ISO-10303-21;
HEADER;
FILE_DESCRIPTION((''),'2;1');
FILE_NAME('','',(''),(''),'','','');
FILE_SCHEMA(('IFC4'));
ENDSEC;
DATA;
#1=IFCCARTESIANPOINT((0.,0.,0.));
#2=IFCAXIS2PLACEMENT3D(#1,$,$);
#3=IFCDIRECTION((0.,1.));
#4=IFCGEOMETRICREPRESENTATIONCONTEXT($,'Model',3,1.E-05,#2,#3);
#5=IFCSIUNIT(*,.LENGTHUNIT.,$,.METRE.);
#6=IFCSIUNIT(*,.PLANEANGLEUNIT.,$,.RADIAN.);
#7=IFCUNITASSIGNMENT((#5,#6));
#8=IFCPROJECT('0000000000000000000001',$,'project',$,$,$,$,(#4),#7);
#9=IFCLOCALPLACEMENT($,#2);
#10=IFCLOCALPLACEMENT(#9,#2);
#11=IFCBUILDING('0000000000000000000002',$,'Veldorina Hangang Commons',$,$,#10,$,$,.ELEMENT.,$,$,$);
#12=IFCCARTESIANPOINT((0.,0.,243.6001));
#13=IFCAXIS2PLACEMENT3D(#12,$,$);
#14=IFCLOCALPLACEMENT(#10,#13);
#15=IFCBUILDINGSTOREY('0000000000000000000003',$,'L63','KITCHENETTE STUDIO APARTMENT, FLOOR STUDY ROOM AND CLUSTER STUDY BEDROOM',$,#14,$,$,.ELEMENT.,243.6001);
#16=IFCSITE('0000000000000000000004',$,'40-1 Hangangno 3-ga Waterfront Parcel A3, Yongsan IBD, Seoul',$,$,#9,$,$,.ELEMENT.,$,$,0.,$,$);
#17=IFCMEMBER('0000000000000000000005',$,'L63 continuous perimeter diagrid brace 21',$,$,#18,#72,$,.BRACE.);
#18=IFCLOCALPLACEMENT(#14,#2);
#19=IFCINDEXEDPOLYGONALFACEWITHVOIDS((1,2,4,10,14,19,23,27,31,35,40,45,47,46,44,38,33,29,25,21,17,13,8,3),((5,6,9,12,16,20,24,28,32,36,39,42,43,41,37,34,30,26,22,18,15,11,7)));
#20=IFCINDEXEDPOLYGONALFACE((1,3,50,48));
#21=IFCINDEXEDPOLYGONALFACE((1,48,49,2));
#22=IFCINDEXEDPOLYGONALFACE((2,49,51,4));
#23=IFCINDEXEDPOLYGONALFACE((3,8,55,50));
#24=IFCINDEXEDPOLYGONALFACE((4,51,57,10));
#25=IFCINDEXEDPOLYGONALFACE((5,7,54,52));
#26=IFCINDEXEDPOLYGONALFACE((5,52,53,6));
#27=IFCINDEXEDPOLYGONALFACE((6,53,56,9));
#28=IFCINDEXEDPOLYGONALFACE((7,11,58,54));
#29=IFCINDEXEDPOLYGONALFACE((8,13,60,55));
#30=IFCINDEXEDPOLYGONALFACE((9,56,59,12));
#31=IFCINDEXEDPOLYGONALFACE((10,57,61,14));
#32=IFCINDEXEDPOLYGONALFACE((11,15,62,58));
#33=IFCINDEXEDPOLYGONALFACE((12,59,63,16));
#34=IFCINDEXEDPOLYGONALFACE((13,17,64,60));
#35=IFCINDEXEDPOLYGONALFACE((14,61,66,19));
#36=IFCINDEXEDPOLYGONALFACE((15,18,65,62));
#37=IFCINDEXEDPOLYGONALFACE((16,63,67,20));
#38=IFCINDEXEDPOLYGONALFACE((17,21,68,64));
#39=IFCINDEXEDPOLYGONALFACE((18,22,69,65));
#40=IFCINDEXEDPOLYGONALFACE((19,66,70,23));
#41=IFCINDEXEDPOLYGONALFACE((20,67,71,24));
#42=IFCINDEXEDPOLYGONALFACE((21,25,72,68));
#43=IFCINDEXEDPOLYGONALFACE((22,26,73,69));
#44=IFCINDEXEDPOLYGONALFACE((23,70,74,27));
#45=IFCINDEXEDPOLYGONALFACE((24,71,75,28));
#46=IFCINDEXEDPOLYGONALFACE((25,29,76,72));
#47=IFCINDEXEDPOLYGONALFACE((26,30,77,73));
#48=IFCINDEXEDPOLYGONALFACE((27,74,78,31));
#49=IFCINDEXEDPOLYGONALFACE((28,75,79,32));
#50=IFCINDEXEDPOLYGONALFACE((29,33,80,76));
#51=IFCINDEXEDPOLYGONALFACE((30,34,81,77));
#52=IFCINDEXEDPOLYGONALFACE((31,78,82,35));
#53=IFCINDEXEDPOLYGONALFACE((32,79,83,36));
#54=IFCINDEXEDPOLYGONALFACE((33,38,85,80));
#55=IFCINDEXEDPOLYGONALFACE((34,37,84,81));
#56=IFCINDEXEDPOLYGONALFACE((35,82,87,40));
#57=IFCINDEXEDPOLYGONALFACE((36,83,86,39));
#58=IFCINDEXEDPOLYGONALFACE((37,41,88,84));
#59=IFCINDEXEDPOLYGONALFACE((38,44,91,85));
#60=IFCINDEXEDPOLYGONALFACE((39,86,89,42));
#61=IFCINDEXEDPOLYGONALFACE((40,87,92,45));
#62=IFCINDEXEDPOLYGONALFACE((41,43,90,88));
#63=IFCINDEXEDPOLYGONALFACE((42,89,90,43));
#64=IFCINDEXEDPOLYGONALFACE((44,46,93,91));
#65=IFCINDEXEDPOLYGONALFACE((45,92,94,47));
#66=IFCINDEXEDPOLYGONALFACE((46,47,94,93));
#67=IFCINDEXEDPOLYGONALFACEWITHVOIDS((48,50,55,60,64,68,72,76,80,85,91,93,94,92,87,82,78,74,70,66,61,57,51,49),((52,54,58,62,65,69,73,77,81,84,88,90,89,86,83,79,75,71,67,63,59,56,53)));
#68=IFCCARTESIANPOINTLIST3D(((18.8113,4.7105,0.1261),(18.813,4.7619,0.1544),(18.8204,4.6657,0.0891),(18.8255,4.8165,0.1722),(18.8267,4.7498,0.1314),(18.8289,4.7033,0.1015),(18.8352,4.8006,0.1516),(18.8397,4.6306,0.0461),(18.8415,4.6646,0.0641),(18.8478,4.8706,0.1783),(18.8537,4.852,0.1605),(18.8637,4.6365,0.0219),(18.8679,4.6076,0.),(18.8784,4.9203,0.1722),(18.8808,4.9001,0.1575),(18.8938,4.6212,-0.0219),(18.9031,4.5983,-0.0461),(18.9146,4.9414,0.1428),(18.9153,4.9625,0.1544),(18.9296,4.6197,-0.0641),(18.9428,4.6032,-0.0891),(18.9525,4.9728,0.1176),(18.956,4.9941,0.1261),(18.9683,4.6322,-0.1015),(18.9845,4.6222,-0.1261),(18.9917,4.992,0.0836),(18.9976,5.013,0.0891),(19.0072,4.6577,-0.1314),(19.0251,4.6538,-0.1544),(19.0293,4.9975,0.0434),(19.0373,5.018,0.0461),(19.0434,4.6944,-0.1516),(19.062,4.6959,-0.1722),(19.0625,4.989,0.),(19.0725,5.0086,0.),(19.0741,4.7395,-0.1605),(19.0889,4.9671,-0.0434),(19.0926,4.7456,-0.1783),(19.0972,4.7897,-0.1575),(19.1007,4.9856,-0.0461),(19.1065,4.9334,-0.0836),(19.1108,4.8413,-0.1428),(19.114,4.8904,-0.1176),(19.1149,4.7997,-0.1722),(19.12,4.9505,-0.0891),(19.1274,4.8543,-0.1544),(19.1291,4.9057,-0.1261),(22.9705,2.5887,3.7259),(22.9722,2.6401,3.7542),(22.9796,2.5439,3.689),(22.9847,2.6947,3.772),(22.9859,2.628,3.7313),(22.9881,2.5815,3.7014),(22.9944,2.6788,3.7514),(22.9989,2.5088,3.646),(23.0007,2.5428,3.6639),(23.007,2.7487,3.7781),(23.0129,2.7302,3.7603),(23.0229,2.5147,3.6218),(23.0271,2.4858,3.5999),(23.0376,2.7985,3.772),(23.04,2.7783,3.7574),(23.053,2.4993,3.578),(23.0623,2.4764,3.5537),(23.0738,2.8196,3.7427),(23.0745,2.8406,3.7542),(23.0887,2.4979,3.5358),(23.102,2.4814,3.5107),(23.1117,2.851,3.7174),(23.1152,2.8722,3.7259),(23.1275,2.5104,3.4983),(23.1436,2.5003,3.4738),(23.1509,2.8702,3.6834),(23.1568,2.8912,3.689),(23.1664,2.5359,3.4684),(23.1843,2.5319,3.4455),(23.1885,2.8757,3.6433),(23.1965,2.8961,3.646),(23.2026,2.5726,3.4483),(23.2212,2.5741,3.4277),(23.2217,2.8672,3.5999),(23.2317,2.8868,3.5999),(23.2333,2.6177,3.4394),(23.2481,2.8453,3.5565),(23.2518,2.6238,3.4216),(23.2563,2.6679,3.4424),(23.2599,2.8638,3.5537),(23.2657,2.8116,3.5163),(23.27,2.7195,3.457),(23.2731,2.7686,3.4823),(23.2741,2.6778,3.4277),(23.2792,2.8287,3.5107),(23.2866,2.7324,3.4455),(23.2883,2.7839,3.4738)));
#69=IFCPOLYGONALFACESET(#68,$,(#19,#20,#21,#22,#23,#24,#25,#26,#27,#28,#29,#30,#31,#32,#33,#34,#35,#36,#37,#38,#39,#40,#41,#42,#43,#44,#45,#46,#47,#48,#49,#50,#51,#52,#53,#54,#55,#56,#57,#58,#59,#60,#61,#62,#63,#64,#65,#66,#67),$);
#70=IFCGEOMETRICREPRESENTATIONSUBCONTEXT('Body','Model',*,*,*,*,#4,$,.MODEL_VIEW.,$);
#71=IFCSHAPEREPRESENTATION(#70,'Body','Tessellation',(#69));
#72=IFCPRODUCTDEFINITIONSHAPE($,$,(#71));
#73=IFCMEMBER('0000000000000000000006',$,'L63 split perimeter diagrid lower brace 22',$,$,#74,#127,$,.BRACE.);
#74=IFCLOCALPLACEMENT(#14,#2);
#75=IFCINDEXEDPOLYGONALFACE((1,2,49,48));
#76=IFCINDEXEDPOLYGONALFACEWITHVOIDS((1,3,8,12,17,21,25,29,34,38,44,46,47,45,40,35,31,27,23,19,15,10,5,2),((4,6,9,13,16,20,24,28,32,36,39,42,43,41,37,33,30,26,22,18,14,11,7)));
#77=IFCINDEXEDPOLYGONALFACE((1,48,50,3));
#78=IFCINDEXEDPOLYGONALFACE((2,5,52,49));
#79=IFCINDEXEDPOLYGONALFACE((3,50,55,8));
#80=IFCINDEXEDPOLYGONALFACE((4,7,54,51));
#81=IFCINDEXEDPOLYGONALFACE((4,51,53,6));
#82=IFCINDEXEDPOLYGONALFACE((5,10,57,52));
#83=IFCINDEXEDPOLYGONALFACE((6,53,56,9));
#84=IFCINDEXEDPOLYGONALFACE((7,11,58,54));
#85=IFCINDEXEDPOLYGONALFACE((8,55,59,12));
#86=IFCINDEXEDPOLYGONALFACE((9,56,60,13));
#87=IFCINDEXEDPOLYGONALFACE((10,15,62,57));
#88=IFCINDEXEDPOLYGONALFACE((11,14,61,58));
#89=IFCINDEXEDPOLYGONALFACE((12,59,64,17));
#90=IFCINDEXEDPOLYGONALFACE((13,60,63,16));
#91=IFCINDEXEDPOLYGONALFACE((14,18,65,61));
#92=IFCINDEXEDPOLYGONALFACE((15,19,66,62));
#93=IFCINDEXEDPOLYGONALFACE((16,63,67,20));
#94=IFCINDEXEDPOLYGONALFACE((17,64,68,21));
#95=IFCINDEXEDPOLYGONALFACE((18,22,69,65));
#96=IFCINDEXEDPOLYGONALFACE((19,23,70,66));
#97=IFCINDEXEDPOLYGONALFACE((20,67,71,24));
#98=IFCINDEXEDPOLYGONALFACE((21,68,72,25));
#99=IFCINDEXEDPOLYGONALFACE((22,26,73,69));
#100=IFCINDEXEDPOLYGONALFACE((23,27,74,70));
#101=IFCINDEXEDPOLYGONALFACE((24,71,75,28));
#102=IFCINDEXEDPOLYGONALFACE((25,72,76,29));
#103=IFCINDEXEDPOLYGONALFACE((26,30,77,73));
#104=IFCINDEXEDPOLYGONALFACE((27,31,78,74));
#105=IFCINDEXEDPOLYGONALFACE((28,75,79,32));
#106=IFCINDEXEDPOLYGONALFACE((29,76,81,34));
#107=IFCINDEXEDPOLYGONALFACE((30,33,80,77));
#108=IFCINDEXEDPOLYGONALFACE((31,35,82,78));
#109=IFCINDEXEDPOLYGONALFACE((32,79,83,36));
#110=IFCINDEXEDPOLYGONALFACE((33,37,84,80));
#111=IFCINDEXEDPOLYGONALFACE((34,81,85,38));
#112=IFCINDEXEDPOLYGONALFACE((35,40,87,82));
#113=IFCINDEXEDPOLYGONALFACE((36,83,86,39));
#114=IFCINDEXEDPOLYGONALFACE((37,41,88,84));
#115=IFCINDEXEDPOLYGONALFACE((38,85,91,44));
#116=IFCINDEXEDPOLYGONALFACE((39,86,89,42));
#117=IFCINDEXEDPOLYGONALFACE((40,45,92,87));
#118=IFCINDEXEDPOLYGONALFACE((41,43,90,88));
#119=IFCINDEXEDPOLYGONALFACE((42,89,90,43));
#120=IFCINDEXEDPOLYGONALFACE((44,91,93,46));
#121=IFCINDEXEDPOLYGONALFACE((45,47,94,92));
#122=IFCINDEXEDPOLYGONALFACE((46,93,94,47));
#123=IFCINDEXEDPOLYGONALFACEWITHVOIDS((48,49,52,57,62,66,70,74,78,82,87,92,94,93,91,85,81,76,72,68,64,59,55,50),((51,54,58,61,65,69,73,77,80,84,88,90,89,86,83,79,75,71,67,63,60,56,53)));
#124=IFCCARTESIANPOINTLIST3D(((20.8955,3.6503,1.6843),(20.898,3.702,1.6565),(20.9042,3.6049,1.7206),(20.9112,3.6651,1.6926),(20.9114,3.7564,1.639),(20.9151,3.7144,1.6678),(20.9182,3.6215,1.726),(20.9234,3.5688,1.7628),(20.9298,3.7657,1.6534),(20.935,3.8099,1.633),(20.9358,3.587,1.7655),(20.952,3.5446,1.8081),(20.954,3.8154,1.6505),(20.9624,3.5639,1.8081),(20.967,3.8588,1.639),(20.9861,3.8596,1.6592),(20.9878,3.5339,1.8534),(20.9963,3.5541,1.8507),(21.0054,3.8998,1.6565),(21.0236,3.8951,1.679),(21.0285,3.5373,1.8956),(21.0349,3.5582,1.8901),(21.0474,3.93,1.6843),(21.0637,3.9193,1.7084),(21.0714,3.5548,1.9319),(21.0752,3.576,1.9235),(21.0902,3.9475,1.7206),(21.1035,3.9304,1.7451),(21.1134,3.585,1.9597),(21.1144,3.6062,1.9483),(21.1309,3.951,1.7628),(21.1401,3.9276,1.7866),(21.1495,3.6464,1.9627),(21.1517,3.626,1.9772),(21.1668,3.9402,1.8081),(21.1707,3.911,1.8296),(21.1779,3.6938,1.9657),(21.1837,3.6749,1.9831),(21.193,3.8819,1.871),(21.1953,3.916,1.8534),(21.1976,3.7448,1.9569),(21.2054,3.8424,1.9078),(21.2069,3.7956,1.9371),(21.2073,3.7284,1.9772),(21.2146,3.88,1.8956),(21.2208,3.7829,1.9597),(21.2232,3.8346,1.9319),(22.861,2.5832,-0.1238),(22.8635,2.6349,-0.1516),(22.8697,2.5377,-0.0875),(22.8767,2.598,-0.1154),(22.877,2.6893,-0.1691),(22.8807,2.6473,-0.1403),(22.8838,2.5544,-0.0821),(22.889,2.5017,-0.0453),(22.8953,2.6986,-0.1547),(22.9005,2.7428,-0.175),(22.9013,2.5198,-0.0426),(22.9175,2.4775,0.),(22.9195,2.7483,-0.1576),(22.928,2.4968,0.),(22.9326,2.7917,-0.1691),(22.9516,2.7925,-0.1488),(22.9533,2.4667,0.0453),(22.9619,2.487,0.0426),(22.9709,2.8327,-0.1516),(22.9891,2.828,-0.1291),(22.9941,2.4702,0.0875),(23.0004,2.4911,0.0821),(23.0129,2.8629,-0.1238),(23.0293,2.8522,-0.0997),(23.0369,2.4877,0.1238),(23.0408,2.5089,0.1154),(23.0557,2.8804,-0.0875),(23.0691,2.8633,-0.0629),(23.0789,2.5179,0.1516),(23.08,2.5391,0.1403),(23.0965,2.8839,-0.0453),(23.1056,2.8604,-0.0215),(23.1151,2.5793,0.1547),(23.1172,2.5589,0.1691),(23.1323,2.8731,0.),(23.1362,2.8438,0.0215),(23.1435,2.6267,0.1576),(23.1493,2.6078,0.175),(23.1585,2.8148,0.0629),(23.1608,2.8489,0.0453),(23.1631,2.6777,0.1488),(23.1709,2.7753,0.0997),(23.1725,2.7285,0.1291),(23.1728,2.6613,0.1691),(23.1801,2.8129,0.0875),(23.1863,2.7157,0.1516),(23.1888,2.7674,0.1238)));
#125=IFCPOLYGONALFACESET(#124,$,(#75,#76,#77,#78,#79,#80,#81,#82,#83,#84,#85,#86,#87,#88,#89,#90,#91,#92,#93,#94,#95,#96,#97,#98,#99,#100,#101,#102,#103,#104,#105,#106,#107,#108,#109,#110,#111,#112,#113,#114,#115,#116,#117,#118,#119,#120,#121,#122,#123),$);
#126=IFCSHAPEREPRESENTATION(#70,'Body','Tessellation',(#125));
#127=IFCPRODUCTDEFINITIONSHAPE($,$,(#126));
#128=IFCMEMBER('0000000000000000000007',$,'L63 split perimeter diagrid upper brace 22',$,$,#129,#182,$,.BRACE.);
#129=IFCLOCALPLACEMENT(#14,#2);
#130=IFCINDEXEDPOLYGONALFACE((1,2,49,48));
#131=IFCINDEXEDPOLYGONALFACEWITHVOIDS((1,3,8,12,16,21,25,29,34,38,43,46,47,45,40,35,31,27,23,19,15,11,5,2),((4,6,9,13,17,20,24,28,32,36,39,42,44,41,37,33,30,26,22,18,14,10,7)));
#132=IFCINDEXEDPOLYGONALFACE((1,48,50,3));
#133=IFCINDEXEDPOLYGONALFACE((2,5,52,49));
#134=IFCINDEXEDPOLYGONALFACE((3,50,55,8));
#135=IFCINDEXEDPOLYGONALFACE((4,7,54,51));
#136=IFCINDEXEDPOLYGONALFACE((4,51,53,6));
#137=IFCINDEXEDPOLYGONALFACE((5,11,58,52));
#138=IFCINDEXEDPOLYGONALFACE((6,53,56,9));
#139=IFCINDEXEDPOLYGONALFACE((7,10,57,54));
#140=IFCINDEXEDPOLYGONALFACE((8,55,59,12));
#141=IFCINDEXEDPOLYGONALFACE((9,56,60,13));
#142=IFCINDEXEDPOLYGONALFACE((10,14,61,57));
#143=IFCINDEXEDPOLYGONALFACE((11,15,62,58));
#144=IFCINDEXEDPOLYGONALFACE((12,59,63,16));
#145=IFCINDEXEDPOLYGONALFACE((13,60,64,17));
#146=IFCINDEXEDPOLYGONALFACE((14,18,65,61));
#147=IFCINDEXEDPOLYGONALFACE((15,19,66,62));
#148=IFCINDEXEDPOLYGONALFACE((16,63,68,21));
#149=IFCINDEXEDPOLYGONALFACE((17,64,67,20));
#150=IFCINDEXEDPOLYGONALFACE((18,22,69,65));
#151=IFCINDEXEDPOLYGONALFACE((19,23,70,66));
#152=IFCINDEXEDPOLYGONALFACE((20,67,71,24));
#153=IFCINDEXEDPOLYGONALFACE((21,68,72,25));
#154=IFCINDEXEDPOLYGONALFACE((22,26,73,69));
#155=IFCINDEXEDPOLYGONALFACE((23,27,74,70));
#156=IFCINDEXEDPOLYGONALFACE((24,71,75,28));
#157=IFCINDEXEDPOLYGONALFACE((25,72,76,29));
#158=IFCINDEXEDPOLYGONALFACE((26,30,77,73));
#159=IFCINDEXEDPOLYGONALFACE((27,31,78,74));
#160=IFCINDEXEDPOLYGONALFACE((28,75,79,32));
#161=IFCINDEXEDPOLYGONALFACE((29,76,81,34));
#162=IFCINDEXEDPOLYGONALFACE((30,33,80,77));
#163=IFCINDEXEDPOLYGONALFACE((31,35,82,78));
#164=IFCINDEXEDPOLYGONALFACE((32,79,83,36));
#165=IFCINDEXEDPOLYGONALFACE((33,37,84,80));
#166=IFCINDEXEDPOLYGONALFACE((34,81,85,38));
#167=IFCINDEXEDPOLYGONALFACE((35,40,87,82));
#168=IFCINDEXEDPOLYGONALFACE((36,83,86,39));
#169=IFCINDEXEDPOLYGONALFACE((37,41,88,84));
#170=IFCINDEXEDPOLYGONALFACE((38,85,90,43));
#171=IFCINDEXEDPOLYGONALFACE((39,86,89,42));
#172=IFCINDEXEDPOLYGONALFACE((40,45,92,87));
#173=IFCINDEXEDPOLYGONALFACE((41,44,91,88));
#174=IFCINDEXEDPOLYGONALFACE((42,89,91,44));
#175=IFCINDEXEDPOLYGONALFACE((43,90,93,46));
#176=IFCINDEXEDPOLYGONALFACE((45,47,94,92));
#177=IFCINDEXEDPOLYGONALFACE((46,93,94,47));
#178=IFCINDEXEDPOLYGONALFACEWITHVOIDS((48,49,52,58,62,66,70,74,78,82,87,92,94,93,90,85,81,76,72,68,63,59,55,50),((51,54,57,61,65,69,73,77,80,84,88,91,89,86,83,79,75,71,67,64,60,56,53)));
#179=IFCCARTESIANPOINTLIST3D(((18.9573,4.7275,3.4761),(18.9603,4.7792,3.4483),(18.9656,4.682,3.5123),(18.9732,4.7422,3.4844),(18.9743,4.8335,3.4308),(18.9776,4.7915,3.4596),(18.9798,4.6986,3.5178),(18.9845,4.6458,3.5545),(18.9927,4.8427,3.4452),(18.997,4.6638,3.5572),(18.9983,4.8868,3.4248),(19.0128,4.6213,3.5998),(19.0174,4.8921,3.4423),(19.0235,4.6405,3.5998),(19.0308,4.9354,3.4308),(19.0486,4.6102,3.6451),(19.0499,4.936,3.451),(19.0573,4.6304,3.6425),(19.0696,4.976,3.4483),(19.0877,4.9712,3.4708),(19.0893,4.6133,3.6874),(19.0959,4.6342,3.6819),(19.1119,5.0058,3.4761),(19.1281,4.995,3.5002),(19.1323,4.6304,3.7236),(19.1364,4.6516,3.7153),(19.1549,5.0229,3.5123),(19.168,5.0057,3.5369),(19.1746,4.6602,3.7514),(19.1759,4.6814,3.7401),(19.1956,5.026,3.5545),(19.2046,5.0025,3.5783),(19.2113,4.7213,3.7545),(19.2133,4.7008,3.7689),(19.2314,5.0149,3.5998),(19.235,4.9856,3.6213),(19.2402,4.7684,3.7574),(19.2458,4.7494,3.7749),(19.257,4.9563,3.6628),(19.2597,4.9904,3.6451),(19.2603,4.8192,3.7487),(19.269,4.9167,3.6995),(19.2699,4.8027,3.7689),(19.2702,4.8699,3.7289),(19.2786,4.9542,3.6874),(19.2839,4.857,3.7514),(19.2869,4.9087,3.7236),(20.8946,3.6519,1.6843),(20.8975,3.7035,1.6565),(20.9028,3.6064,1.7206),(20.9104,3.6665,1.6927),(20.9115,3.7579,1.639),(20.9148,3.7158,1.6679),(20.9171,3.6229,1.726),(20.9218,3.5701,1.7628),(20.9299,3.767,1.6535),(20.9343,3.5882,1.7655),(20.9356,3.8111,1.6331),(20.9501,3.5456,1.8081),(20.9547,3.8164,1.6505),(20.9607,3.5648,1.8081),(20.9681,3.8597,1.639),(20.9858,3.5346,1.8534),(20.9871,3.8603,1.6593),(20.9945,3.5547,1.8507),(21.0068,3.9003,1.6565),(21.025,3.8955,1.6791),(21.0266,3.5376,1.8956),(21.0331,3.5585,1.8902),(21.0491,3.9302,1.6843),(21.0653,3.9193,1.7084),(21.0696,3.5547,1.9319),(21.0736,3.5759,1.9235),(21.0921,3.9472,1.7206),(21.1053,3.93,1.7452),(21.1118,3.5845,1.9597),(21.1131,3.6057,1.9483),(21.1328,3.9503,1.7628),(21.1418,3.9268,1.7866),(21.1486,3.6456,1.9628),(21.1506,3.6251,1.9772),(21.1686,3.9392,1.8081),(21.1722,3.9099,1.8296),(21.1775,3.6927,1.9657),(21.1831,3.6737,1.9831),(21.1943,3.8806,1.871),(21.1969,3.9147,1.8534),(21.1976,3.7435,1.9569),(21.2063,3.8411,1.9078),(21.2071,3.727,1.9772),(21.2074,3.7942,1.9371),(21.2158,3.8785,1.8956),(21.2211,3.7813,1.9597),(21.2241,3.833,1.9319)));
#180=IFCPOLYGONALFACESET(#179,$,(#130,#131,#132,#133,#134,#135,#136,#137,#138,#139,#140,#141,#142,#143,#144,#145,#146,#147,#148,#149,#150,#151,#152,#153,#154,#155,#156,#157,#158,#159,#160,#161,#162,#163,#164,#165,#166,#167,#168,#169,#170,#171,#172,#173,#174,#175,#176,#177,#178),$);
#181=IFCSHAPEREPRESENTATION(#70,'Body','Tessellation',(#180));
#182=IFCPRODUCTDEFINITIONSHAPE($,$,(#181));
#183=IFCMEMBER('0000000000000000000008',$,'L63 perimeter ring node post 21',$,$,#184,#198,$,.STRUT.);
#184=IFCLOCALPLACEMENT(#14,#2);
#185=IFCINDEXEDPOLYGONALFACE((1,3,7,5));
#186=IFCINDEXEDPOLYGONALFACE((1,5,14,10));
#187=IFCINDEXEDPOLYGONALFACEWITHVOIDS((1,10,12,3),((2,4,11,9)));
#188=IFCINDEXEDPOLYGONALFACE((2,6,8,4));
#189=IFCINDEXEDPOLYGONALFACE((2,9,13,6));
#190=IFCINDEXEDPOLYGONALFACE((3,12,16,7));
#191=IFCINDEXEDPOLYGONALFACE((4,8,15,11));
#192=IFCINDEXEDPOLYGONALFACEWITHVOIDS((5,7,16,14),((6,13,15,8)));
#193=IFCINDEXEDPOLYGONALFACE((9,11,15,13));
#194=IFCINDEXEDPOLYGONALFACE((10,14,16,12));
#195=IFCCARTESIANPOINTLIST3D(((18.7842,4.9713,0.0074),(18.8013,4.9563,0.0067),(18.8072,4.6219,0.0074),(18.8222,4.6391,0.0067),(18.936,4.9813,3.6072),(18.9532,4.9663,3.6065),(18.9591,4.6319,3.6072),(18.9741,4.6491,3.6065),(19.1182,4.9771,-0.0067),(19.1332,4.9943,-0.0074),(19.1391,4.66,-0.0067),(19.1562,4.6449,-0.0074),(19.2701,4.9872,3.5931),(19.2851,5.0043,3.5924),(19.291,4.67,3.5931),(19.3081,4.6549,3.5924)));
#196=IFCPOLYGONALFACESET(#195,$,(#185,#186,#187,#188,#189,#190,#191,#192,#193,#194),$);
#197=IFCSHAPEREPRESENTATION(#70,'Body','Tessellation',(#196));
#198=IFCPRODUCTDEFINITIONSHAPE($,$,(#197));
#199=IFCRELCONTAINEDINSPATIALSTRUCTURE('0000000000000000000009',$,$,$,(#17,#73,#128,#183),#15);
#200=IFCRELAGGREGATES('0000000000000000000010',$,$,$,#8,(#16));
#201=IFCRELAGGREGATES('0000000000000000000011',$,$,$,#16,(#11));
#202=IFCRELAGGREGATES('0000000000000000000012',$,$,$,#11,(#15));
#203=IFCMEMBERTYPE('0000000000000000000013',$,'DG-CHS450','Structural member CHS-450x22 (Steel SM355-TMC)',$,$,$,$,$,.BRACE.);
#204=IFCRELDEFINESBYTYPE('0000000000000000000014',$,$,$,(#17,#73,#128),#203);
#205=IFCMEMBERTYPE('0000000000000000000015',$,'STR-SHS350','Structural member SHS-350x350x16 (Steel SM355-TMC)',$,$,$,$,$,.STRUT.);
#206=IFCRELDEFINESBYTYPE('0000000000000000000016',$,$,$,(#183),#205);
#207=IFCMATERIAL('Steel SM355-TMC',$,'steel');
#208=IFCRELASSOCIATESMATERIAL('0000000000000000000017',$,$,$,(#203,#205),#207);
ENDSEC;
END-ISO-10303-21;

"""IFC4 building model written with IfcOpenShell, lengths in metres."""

from ifc_helpers import new_model, si_unit, direction, frame, origin, origin_2d, place, context, subcontext, project, spatial, hollow_rectangle, hollow_circle, extrude, material, material_profile, profile_set, type_object, element, save


model = new_model("IFC4")

# Units and contexts
model_context = context("Model", 3, precision=1e-05, world=origin(), true_north=direction((0.0, 1.0)))
body_context = subcontext(model_context, "Body", "Model", "MODEL_VIEW")
ifc_project = project(units=[si_unit("LENGTHUNIT", "METRE"), si_unit("PLANEANGLEUNIT", "RADIAN")], contexts=[model_context])

# Site, building, storey
site_placement = place(None, origin())
site = spatial("IfcSite", under=ifc_project, at=site_placement, Name="40-1 Hangangno 3-ga Waterfront Parcel A3, Yongsan IBD, Seoul", CompositionType="ELEMENT", RefElevation=0.0)
building_placement = place(site_placement, origin())
building = spatial("IfcBuilding", under=site, at=building_placement, Name="Veldorina Hangang Commons", CompositionType="ELEMENT")
storey_placement = place(building_placement, frame((0.0, 0.0, 243.6001)))
storey = spatial("IfcBuildingStorey", under=building, at=storey_placement, Name="L63", Description="KITCHENETTE STUDIO APARTMENT, FLOOR STUDY ROOM AND CLUSTER STUDY BEDROOM", CompositionType="ELEMENT", Elevation=243.6001)

# Shared definitions
ifc_material_1 = material(Name="Steel SM355-TMC", Category="steel")

# Members
ifc_material_profile_1 = material_profile(ifc_material_1, hollow_circle(Radius=0.2251, WallThickness=0.022, at=origin_2d()), Name="CHS-450x22")
ifc_profile_set_1 = profile_set([ifc_material_profile_1], Name="Steel SM355-TMC")
member_type_1 = type_object("IfcMemberType", Name="DG-CHS450", Description="Structural member CHS-450x22 (Steel SM355-TMC)", PredefinedType="BRACE", material=ifc_profile_set_1)
member_1_placement = place(storey_placement, frame((18.9702, 4.8081, 0.0), z_axis=(0.705454, -0.359891, 0.610584), x_axis=(0.454436, 0.89078, 0.0)))
element("IfcMember", 1, at=member_1_placement, inside=storey, type_object=member_type_1, Name="L63 continuous perimeter diagrid brace 21", PredefinedType="BRACE", context=body_context, shape_type="SweptSolid", body=[
    extrude(hollow_circle(Radius=0.2251, WallThickness=0.022, at=origin_2d()), origin(), (0.0, 0.0, 1.0), 5.8958),
])
member_2_placement = place(storey_placement, frame((23.0249, 2.6753, 0.0), z_axis=(-0.683435, 0.371046, 0.628682), x_axis=(-0.47713, -0.878833, 0.0)))
element("IfcMember", 2, at=member_2_placement, inside=storey, type_object=member_type_1, Name="L63 split perimeter diagrid lower brace 22", PredefinedType="BRACE", context=body_context, shape_type="SweptSolid", body=[
    extrude(hollow_circle(Radius=0.2251, WallThickness=0.022, at=origin_2d()), origin(), (0.0, 0.0, 1.0), 2.876),
])
member_3_placement = place(storey_placement, frame((21.0593, 3.7424, 1.8081), z_axis=(-0.679826, 0.377481, 0.628764), x_axis=(-0.485446, -0.874266, 0.0)))
element("IfcMember", 3, at=member_3_placement, inside=storey, type_object=member_type_1, Name="L63 split perimeter diagrid upper brace 22", PredefinedType="BRACE", context=body_context, shape_type="SweptSolid", body=[
    extrude(hollow_circle(Radius=0.2251, WallThickness=0.022, at=origin_2d()), origin(), (0.0, 0.0, 1.0), 2.8496),
])
ifc_material_profile_2 = material_profile(ifc_material_1, hollow_rectangle(XDim=0.3501, YDim=0.3501, WallThickness=0.0161, at=origin_2d()), Name="SHS-350x350x16")
ifc_profile_set_2 = profile_set([ifc_material_profile_2], Name="Steel SM355-TMC")
member_type_2 = type_object("IfcMemberType", Name="STR-SHS350", Description="Structural member SHS-350x350x16 (Steel SM355-TMC)", PredefinedType="STRUT", material=ifc_profile_set_2)
member_4_placement = place(storey_placement, frame((18.9702, 4.8081, 0.0), z_axis=(0.042146, 0.002778, 0.999108), x_axis=(-0.065774, 0.997835, 0.0)))
element("IfcMember", 4, at=member_4_placement, inside=storey, type_object=member_type_2, Name="L63 perimeter ring node post 21", PredefinedType="STRUT", context=body_context, shape_type="SweptSolid", body=[
    extrude(hollow_rectangle(XDim=0.3501, YDim=0.3501, WallThickness=0.0161, at=origin_2d()), origin(), (0.0, 0.0, 1.0), 3.603),
])

save(model, "model.ifc")
